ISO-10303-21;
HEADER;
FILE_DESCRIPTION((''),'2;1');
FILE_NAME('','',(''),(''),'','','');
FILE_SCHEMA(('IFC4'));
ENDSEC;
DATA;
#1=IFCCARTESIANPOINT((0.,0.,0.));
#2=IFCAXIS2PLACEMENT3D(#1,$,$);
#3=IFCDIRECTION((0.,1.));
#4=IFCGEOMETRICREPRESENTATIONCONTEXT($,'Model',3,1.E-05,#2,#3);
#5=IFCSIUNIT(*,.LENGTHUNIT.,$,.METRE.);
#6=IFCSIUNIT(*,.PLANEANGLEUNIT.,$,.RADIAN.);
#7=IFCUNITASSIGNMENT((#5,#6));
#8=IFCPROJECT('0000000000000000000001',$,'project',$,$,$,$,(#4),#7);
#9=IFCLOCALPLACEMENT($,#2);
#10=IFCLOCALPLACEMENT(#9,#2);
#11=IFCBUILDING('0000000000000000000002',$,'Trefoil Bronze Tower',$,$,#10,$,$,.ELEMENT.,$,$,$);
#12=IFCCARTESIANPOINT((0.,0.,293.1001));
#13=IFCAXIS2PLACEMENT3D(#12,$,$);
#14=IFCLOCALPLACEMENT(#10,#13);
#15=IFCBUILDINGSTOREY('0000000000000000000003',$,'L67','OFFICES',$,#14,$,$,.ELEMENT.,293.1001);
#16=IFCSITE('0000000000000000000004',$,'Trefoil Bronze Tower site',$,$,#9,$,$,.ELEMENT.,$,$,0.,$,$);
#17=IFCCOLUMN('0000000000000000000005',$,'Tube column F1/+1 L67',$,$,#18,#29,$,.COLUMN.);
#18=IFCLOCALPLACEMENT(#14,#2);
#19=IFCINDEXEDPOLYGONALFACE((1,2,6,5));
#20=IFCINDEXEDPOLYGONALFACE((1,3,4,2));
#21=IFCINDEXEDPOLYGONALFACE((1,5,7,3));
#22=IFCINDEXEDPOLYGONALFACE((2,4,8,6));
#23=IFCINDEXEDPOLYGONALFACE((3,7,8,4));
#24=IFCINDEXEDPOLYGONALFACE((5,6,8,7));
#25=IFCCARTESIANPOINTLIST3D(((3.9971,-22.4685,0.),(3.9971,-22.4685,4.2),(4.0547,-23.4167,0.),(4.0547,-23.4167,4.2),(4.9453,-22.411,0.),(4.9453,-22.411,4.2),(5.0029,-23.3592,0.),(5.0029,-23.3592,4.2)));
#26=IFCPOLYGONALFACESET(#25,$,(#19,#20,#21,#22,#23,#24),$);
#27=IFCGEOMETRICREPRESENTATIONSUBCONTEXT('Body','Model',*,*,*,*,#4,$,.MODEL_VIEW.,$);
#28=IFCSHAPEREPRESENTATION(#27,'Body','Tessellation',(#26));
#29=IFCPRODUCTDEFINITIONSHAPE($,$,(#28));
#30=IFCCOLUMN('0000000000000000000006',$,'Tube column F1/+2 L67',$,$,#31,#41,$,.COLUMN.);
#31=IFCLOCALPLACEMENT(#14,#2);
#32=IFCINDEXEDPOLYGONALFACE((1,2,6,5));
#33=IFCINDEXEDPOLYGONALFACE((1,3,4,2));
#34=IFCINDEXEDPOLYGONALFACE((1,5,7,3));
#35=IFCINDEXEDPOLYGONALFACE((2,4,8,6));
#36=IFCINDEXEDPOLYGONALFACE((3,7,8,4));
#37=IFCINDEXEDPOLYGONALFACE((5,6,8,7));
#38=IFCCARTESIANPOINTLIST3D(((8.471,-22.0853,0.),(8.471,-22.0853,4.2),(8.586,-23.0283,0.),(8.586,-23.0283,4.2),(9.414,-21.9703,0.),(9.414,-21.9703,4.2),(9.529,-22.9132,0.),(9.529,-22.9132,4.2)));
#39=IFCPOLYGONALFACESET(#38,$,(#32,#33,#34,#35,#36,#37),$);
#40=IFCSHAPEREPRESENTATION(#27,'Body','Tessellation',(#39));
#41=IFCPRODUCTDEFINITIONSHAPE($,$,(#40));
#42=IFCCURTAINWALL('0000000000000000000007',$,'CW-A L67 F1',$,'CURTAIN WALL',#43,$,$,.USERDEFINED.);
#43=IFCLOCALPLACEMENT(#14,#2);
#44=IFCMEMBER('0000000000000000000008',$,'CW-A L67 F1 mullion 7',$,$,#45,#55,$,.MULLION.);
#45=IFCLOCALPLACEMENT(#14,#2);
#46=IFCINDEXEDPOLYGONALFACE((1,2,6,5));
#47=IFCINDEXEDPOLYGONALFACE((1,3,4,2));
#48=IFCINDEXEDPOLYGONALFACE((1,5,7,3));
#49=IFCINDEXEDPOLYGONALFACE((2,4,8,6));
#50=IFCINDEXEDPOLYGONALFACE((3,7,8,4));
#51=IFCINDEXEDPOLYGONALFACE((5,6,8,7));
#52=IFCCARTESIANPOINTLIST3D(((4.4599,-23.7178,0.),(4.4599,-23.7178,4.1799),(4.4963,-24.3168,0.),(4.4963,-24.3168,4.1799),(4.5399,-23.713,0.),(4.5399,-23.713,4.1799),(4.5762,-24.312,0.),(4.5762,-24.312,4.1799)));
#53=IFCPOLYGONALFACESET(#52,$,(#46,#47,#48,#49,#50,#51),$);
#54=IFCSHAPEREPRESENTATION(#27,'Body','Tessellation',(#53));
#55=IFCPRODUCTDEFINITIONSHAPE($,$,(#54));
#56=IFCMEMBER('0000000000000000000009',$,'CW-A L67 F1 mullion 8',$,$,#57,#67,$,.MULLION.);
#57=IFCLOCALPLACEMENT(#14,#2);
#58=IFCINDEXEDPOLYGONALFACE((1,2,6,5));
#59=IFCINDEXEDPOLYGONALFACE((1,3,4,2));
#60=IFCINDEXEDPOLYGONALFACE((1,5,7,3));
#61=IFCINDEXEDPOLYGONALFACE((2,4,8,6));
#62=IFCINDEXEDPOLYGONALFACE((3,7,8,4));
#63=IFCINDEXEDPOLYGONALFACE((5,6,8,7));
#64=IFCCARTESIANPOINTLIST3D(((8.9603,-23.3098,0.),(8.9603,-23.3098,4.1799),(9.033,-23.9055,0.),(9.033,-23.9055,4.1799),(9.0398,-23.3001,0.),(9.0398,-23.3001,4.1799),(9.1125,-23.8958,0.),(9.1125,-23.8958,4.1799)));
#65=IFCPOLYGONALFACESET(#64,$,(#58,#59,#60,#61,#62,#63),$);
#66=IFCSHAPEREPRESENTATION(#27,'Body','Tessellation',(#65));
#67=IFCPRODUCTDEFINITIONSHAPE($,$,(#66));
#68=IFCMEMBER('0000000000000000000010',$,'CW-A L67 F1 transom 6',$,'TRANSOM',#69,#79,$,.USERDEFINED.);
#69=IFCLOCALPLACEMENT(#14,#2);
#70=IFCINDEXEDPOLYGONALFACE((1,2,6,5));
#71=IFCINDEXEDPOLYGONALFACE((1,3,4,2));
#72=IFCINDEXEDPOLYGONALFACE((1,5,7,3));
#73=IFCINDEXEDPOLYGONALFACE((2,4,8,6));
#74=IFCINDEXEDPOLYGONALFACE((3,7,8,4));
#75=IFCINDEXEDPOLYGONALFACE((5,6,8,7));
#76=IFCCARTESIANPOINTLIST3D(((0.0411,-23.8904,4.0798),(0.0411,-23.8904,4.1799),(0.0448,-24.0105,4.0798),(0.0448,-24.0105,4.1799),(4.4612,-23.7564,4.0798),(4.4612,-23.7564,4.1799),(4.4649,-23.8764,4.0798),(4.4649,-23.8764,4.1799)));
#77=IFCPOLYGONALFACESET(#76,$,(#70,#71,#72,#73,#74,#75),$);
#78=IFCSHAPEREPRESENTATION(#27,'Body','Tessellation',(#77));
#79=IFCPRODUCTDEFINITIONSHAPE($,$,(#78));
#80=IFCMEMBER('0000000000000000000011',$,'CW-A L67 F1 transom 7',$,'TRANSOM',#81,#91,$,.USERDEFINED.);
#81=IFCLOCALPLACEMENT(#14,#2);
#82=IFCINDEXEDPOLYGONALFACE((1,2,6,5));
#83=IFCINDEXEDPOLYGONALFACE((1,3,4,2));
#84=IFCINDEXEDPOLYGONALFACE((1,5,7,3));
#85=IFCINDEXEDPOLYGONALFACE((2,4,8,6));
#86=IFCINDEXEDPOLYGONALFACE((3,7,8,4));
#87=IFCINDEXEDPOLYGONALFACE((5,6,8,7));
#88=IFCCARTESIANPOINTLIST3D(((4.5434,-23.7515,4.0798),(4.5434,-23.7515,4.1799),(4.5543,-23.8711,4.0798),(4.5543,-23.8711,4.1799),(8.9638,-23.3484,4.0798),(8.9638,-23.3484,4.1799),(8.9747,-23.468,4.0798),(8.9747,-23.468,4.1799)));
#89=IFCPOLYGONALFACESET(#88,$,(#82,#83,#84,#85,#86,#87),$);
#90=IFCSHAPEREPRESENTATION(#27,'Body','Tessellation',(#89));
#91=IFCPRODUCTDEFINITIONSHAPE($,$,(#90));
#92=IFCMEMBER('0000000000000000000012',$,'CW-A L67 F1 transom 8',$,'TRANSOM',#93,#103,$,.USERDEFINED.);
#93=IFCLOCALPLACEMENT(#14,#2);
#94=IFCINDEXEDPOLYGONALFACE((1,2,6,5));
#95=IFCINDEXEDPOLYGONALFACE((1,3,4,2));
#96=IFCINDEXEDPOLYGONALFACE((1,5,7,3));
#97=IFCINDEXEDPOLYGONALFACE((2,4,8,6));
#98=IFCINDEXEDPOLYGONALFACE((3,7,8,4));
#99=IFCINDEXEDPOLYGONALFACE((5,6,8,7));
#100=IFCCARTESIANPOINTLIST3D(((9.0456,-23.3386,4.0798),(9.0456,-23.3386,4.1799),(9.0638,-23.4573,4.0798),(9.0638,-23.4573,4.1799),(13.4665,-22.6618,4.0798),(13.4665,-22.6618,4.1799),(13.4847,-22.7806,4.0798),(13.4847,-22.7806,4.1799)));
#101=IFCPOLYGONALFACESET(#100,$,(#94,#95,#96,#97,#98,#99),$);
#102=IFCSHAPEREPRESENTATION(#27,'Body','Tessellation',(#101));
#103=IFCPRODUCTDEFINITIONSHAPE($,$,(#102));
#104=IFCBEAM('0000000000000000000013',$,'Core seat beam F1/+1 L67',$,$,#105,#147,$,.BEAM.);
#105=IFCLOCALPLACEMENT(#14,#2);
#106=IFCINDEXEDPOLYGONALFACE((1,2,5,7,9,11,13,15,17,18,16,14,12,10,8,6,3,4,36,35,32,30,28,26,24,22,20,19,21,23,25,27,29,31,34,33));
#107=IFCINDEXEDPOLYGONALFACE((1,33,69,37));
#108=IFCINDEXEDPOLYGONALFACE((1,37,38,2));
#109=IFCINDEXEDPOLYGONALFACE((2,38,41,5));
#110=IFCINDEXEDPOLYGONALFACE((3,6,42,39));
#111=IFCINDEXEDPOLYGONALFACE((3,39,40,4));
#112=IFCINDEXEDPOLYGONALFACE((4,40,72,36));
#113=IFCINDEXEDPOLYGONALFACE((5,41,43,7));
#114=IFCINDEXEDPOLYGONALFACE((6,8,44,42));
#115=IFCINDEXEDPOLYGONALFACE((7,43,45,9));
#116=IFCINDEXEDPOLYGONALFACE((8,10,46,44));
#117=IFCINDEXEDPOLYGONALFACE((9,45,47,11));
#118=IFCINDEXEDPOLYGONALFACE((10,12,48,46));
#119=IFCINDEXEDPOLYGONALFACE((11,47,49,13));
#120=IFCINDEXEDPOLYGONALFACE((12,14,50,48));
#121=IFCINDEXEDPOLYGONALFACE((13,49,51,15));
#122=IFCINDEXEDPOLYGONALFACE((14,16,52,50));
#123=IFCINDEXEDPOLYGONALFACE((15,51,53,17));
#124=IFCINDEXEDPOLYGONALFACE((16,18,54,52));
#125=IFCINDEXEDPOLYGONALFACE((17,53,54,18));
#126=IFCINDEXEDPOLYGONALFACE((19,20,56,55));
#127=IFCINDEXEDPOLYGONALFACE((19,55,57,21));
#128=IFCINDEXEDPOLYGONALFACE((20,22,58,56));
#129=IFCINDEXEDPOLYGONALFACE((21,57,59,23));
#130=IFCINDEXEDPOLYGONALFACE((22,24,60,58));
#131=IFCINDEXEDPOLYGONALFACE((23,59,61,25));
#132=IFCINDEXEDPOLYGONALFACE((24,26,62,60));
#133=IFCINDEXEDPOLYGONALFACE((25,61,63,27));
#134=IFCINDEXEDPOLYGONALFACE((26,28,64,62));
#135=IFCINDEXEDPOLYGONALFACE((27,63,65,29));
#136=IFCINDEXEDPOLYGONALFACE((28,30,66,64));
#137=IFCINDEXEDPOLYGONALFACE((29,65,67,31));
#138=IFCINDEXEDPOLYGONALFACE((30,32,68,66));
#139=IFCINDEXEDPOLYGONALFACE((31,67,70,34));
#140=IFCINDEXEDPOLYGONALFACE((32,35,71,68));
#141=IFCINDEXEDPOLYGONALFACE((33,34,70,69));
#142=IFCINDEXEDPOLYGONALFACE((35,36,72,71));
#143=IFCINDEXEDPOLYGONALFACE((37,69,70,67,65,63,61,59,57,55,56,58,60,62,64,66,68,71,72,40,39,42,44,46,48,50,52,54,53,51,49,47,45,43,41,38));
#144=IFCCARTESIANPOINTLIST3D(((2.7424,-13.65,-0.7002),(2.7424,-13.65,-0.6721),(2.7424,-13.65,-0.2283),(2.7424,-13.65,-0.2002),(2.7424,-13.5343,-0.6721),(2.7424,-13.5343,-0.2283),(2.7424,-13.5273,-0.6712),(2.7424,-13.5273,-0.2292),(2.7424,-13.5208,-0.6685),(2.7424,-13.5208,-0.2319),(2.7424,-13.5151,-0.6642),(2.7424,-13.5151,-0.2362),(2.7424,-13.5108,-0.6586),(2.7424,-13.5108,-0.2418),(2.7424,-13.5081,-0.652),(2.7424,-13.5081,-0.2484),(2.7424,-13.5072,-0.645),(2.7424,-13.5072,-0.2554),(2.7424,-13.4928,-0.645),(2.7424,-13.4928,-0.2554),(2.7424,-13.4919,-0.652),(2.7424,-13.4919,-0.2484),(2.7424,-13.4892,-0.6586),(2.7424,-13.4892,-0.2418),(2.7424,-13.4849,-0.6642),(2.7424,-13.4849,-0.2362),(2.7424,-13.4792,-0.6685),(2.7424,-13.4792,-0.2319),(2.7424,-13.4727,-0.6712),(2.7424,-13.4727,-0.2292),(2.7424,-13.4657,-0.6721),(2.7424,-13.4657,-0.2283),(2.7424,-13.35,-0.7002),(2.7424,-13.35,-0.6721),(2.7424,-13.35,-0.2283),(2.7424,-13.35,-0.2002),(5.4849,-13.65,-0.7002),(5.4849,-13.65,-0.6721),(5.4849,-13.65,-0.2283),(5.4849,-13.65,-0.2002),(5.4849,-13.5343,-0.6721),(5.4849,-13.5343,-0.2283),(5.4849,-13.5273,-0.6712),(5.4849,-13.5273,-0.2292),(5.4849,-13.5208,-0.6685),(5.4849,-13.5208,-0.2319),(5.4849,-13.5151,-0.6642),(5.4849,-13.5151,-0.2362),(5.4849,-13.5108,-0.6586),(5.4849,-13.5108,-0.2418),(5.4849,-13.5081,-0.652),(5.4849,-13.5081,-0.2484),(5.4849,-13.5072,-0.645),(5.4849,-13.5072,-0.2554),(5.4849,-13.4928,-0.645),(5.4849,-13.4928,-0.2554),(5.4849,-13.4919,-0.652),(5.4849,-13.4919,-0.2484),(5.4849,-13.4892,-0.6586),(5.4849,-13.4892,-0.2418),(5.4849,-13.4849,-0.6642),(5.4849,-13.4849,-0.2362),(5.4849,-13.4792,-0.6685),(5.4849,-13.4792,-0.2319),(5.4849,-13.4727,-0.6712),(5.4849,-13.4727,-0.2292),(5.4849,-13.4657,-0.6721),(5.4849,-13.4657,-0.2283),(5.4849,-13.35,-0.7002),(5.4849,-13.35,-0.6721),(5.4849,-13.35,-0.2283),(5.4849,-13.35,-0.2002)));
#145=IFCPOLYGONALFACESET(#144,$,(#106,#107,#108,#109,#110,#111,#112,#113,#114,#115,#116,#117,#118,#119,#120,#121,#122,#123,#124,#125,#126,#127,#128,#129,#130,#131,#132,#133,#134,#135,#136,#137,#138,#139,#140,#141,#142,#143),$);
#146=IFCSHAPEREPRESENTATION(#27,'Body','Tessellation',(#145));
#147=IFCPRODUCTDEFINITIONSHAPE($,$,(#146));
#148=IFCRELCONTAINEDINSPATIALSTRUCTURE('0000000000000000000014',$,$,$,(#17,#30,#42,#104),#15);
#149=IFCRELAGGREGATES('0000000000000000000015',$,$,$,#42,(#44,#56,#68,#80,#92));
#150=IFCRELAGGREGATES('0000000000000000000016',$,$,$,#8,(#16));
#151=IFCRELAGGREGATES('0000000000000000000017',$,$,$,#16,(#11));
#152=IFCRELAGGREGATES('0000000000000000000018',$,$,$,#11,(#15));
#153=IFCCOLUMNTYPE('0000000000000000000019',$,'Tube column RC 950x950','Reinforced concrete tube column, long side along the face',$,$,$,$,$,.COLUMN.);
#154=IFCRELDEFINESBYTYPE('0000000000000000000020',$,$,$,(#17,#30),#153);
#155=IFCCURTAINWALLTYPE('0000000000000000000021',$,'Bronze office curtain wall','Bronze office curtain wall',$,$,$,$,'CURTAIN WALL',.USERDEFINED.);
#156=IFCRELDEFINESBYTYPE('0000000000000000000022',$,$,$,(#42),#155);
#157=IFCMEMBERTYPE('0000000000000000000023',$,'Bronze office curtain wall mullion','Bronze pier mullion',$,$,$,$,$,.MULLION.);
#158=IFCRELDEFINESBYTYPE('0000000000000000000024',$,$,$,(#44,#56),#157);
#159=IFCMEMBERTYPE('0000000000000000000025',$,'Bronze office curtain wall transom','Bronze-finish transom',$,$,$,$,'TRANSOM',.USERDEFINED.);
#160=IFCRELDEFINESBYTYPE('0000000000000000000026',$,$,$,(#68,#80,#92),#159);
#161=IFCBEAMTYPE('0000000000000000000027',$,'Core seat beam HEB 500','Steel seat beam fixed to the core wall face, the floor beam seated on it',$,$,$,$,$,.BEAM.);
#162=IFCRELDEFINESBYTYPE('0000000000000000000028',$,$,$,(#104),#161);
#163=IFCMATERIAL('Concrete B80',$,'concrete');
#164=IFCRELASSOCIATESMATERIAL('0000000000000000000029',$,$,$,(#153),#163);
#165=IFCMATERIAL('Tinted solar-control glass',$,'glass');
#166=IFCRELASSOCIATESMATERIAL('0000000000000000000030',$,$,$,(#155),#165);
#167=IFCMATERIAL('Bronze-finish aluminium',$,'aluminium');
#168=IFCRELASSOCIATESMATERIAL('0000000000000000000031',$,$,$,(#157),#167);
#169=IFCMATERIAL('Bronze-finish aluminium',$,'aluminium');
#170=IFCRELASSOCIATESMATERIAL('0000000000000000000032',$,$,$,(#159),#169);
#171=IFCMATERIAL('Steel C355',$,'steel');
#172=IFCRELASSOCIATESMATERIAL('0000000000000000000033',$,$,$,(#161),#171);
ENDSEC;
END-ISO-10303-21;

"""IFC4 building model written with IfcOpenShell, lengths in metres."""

from ifc_helpers import new_model, si_unit, direction, frame, origin, origin_2d, place, context, subcontext, project, spatial, rectangle, i_section, extrude, material, material_profile, profile_set, type_object, element, aggregate, save


model = new_model("IFC4")

# Units and contexts
model_context = context("Model", 3, precision=1e-05, world=origin(), true_north=direction((0.0, 1.0)))
body_context = subcontext(model_context, "Body", "Model", "MODEL_VIEW")
ifc_project = project(units=[si_unit("LENGTHUNIT", "METRE"), si_unit("PLANEANGLEUNIT", "RADIAN")], contexts=[model_context])

# Site, building, storey
site_placement = place(None, origin())
site = spatial("IfcSite", under=ifc_project, at=site_placement, Name="Trefoil Bronze Tower site", CompositionType="ELEMENT", RefElevation=0.0)
building_placement = place(site_placement, origin())
building = spatial("IfcBuilding", under=site, at=building_placement, Name="Trefoil Bronze Tower", CompositionType="ELEMENT")
storey_placement = place(building_placement, frame((0.0, 0.0, 293.1001)))
storey = spatial("IfcBuildingStorey", under=building, at=storey_placement, Name="L67", Description="OFFICES", CompositionType="ELEMENT", Elevation=293.1001)

# Columns
ifc_material_1 = material(Name="Concrete B80", Category="concrete")
ifc_material_profile_1 = material_profile(ifc_material_1, rectangle(XDim=0.95, YDim=0.95, at=origin_2d()), Name="RC 950x950")
ifc_profile_set_1 = profile_set([ifc_material_profile_1], Name="Concrete B80")
column_type = type_object("IfcColumnType", Name="Tube column RC 950x950", Description="Reinforced concrete tube column, long side along the face", PredefinedType="COLUMN", material=ifc_profile_set_1)
for number, where, z_axis, x_axis, name in (
    (1, (4.5, -22.9138, 0.0), (0.0, 0.0, 1.0), (0.998165, 0.060554, 0.0), "Tube column F1/+1 L67"),
    (2, (9.0, -22.4993, 0.0), (0.0, 0.0, 1.0), (0.992639, 0.121109, 0.0), "Tube column F1/+2 L67"),
):
    element("IfcColumn", number, at=place(storey_placement, frame(where, z_axis=z_axis, x_axis=x_axis)), inside=storey, type_object=column_type, Name=name, PredefinedType="COLUMN", context=body_context, shape_type="SweptSolid", body=[
        extrude(rectangle(XDim=0.95, YDim=0.95, at=origin_2d()), origin(), (0.0, 0.0, 1.0), 4.2),
    ])

# Curtain wall, members
ifc_material_2 = material(Name="Tinted solar-control glass", Category="glass")
curtain_wall_type = type_object("IfcCurtainWallType", Name="Bronze office curtain wall", Description="Bronze office curtain wall", ElementType="CURTAIN WALL", PredefinedType="USERDEFINED", material=ifc_material_2)
curtain_wall_placement = place(storey_placement, origin())
curtain_wall = element("IfcCurtainWall", 3, at=curtain_wall_placement, inside=storey, type_object=curtain_wall_type, Name="CW-A L67 F1", ObjectType="CURTAIN WALL", PredefinedType="USERDEFINED")
ifc_material_3 = material(Name="Bronze-finish aluminium", Category="aluminium")
ifc_material_profile_2 = material_profile(ifc_material_3, rectangle(XDim=0.6001, YDim=0.0801, at=origin_2d()), Name="CW-A mullion")
ifc_profile_set_2 = profile_set([ifc_material_profile_2], Name="Bronze-finish aluminium")
member_type_1 = type_object("IfcMemberType", Name="Bronze office curtain wall mullion", Description="Bronze pier mullion", PredefinedType="MULLION", material=ifc_profile_set_2)
member_1_placement = place(storey_placement, frame((4.5181, -24.0149, 0.0), z_axis=(0.0, 0.0, 1.0), x_axis=(-0.060554, 0.998165, 0.0)))
member_1 = element("IfcMember", 4, at=member_1_placement, type_object=member_type_1, Name="CW-A L67 F1 mullion 7", PredefinedType="MULLION", context=body_context, shape_type="SweptSolid", body=[
    extrude(rectangle(XDim=0.6001, YDim=0.0801, at=origin_2d()), origin(), (0.0, 0.0, 1.0), 4.1799),
])
member_2_placement = place(storey_placement, frame((9.0364, -23.6028, 0.0), z_axis=(0.0, 0.0, 1.0), x_axis=(-0.121109, 0.992639, 0.0)))
member_2 = element("IfcMember", 5, at=member_2_placement, type_object=member_type_1, Name="CW-A L67 F1 mullion 8", PredefinedType="MULLION", context=body_context, shape_type="SweptSolid", body=[
    extrude(rectangle(XDim=0.6001, YDim=0.0801, at=origin_2d()), origin(), (0.0, 0.0, 1.0), 4.1799),
])
ifc_material_4 = material(Name="Bronze-finish aluminium", Category="aluminium")
ifc_material_profile_3 = material_profile(ifc_material_4, rectangle(XDim=0.1201, YDim=0.1001, at=origin_2d()), Name="CW-A transom")
ifc_profile_set_3 = profile_set([ifc_material_profile_3], Name="Bronze-finish aluminium")
member_type_2 = type_object("IfcMemberType", Name="Bronze office curtain wall transom", Description="Bronze-finish transom", ElementType="TRANSOM", PredefinedType="USERDEFINED", material=ifc_profile_set_3)
member_3_placement = place(storey_placement, frame((0.043, -23.9504, 4.1299), z_axis=(0.999541, 0.030309, 0.0), x_axis=(-0.030309, 0.999541, 0.0)))
member_3 = element("IfcMember", 6, at=member_3_placement, type_object=member_type_2, Name="CW-A L67 F1 transom 6", ObjectType="TRANSOM", PredefinedType="USERDEFINED", context=body_context, shape_type="SweptSolid", body=[
    extrude(rectangle(XDim=0.1201, YDim=0.1001, at=origin_2d()), origin(), (0.0, 0.0, 1.0), 4.4221),
])
member_4_placement = place(storey_placement, frame((4.5488, -23.8113, 4.1299), z_axis=(0.995868, 0.090808, 0.0), x_axis=(-0.090808, 0.995868, 0.0)))
member_4 = element("IfcMember", 7, at=member_4_placement, type_object=member_type_2, Name="CW-A L67 F1 transom 7", ObjectType="TRANSOM", PredefinedType="USERDEFINED", context=body_context, shape_type="SweptSolid", body=[
    extrude(rectangle(XDim=0.1201, YDim=0.1001, at=origin_2d()), origin(), (0.0, 0.0, 1.0), 4.4387),
])
member_5_placement = place(storey_placement, frame((9.0547, -23.3979, 4.1299), z_axis=(0.988485, 0.151319, 0.0), x_axis=(-0.151319, 0.988485, 0.0)))
member_5 = element("IfcMember", 8, at=member_5_placement, type_object=member_type_2, Name="CW-A L67 F1 transom 8", ObjectType="TRANSOM", PredefinedType="USERDEFINED", context=body_context, shape_type="SweptSolid", body=[
    extrude(rectangle(XDim=0.1201, YDim=0.1001, at=origin_2d()), origin(), (0.0, 0.0, 1.0), 4.4724),
])

# Beam
ifc_material_5 = material(Name="Steel C355", Category="steel")
ifc_material_profile_4 = material_profile(ifc_material_5, i_section(OverallWidth=0.3, OverallDepth=0.5, WebThickness=0.0144, FlangeThickness=0.0281, FilletRadius=0.0271, at=origin_2d()), Name="HEB 500")
ifc_profile_set_4 = profile_set([ifc_material_profile_4], Name="Steel C355")
beam_type_1 = type_object("IfcBeamType", Name="Core seat beam HEB 500", Description="Steel seat beam fixed to the core wall face, the floor beam seated on it", PredefinedType="BEAM", material=ifc_profile_set_4)
beam_1_placement = place(storey_placement, frame((2.7424, -13.5, -0.4502), z_axis=(1.0, 0.0, 0.0), x_axis=(0.0, 1.0, 0.0)))
element("IfcBeam", 9, at=beam_1_placement, inside=storey, type_object=beam_type_1, Name="Core seat beam F1/+1 L67", PredefinedType="BEAM", context=body_context, shape_type="SweptSolid", body=[
    extrude(i_section(OverallWidth=0.3, OverallDepth=0.5, WebThickness=0.0144, FlangeThickness=0.0281, FilletRadius=0.0271, at=origin_2d()), origin(), (0.0, 0.0, 1.0), 2.7424),
])

aggregate(curtain_wall, [member_1, member_2, member_3, member_4, member_5])

save(model, "model.ifc")
